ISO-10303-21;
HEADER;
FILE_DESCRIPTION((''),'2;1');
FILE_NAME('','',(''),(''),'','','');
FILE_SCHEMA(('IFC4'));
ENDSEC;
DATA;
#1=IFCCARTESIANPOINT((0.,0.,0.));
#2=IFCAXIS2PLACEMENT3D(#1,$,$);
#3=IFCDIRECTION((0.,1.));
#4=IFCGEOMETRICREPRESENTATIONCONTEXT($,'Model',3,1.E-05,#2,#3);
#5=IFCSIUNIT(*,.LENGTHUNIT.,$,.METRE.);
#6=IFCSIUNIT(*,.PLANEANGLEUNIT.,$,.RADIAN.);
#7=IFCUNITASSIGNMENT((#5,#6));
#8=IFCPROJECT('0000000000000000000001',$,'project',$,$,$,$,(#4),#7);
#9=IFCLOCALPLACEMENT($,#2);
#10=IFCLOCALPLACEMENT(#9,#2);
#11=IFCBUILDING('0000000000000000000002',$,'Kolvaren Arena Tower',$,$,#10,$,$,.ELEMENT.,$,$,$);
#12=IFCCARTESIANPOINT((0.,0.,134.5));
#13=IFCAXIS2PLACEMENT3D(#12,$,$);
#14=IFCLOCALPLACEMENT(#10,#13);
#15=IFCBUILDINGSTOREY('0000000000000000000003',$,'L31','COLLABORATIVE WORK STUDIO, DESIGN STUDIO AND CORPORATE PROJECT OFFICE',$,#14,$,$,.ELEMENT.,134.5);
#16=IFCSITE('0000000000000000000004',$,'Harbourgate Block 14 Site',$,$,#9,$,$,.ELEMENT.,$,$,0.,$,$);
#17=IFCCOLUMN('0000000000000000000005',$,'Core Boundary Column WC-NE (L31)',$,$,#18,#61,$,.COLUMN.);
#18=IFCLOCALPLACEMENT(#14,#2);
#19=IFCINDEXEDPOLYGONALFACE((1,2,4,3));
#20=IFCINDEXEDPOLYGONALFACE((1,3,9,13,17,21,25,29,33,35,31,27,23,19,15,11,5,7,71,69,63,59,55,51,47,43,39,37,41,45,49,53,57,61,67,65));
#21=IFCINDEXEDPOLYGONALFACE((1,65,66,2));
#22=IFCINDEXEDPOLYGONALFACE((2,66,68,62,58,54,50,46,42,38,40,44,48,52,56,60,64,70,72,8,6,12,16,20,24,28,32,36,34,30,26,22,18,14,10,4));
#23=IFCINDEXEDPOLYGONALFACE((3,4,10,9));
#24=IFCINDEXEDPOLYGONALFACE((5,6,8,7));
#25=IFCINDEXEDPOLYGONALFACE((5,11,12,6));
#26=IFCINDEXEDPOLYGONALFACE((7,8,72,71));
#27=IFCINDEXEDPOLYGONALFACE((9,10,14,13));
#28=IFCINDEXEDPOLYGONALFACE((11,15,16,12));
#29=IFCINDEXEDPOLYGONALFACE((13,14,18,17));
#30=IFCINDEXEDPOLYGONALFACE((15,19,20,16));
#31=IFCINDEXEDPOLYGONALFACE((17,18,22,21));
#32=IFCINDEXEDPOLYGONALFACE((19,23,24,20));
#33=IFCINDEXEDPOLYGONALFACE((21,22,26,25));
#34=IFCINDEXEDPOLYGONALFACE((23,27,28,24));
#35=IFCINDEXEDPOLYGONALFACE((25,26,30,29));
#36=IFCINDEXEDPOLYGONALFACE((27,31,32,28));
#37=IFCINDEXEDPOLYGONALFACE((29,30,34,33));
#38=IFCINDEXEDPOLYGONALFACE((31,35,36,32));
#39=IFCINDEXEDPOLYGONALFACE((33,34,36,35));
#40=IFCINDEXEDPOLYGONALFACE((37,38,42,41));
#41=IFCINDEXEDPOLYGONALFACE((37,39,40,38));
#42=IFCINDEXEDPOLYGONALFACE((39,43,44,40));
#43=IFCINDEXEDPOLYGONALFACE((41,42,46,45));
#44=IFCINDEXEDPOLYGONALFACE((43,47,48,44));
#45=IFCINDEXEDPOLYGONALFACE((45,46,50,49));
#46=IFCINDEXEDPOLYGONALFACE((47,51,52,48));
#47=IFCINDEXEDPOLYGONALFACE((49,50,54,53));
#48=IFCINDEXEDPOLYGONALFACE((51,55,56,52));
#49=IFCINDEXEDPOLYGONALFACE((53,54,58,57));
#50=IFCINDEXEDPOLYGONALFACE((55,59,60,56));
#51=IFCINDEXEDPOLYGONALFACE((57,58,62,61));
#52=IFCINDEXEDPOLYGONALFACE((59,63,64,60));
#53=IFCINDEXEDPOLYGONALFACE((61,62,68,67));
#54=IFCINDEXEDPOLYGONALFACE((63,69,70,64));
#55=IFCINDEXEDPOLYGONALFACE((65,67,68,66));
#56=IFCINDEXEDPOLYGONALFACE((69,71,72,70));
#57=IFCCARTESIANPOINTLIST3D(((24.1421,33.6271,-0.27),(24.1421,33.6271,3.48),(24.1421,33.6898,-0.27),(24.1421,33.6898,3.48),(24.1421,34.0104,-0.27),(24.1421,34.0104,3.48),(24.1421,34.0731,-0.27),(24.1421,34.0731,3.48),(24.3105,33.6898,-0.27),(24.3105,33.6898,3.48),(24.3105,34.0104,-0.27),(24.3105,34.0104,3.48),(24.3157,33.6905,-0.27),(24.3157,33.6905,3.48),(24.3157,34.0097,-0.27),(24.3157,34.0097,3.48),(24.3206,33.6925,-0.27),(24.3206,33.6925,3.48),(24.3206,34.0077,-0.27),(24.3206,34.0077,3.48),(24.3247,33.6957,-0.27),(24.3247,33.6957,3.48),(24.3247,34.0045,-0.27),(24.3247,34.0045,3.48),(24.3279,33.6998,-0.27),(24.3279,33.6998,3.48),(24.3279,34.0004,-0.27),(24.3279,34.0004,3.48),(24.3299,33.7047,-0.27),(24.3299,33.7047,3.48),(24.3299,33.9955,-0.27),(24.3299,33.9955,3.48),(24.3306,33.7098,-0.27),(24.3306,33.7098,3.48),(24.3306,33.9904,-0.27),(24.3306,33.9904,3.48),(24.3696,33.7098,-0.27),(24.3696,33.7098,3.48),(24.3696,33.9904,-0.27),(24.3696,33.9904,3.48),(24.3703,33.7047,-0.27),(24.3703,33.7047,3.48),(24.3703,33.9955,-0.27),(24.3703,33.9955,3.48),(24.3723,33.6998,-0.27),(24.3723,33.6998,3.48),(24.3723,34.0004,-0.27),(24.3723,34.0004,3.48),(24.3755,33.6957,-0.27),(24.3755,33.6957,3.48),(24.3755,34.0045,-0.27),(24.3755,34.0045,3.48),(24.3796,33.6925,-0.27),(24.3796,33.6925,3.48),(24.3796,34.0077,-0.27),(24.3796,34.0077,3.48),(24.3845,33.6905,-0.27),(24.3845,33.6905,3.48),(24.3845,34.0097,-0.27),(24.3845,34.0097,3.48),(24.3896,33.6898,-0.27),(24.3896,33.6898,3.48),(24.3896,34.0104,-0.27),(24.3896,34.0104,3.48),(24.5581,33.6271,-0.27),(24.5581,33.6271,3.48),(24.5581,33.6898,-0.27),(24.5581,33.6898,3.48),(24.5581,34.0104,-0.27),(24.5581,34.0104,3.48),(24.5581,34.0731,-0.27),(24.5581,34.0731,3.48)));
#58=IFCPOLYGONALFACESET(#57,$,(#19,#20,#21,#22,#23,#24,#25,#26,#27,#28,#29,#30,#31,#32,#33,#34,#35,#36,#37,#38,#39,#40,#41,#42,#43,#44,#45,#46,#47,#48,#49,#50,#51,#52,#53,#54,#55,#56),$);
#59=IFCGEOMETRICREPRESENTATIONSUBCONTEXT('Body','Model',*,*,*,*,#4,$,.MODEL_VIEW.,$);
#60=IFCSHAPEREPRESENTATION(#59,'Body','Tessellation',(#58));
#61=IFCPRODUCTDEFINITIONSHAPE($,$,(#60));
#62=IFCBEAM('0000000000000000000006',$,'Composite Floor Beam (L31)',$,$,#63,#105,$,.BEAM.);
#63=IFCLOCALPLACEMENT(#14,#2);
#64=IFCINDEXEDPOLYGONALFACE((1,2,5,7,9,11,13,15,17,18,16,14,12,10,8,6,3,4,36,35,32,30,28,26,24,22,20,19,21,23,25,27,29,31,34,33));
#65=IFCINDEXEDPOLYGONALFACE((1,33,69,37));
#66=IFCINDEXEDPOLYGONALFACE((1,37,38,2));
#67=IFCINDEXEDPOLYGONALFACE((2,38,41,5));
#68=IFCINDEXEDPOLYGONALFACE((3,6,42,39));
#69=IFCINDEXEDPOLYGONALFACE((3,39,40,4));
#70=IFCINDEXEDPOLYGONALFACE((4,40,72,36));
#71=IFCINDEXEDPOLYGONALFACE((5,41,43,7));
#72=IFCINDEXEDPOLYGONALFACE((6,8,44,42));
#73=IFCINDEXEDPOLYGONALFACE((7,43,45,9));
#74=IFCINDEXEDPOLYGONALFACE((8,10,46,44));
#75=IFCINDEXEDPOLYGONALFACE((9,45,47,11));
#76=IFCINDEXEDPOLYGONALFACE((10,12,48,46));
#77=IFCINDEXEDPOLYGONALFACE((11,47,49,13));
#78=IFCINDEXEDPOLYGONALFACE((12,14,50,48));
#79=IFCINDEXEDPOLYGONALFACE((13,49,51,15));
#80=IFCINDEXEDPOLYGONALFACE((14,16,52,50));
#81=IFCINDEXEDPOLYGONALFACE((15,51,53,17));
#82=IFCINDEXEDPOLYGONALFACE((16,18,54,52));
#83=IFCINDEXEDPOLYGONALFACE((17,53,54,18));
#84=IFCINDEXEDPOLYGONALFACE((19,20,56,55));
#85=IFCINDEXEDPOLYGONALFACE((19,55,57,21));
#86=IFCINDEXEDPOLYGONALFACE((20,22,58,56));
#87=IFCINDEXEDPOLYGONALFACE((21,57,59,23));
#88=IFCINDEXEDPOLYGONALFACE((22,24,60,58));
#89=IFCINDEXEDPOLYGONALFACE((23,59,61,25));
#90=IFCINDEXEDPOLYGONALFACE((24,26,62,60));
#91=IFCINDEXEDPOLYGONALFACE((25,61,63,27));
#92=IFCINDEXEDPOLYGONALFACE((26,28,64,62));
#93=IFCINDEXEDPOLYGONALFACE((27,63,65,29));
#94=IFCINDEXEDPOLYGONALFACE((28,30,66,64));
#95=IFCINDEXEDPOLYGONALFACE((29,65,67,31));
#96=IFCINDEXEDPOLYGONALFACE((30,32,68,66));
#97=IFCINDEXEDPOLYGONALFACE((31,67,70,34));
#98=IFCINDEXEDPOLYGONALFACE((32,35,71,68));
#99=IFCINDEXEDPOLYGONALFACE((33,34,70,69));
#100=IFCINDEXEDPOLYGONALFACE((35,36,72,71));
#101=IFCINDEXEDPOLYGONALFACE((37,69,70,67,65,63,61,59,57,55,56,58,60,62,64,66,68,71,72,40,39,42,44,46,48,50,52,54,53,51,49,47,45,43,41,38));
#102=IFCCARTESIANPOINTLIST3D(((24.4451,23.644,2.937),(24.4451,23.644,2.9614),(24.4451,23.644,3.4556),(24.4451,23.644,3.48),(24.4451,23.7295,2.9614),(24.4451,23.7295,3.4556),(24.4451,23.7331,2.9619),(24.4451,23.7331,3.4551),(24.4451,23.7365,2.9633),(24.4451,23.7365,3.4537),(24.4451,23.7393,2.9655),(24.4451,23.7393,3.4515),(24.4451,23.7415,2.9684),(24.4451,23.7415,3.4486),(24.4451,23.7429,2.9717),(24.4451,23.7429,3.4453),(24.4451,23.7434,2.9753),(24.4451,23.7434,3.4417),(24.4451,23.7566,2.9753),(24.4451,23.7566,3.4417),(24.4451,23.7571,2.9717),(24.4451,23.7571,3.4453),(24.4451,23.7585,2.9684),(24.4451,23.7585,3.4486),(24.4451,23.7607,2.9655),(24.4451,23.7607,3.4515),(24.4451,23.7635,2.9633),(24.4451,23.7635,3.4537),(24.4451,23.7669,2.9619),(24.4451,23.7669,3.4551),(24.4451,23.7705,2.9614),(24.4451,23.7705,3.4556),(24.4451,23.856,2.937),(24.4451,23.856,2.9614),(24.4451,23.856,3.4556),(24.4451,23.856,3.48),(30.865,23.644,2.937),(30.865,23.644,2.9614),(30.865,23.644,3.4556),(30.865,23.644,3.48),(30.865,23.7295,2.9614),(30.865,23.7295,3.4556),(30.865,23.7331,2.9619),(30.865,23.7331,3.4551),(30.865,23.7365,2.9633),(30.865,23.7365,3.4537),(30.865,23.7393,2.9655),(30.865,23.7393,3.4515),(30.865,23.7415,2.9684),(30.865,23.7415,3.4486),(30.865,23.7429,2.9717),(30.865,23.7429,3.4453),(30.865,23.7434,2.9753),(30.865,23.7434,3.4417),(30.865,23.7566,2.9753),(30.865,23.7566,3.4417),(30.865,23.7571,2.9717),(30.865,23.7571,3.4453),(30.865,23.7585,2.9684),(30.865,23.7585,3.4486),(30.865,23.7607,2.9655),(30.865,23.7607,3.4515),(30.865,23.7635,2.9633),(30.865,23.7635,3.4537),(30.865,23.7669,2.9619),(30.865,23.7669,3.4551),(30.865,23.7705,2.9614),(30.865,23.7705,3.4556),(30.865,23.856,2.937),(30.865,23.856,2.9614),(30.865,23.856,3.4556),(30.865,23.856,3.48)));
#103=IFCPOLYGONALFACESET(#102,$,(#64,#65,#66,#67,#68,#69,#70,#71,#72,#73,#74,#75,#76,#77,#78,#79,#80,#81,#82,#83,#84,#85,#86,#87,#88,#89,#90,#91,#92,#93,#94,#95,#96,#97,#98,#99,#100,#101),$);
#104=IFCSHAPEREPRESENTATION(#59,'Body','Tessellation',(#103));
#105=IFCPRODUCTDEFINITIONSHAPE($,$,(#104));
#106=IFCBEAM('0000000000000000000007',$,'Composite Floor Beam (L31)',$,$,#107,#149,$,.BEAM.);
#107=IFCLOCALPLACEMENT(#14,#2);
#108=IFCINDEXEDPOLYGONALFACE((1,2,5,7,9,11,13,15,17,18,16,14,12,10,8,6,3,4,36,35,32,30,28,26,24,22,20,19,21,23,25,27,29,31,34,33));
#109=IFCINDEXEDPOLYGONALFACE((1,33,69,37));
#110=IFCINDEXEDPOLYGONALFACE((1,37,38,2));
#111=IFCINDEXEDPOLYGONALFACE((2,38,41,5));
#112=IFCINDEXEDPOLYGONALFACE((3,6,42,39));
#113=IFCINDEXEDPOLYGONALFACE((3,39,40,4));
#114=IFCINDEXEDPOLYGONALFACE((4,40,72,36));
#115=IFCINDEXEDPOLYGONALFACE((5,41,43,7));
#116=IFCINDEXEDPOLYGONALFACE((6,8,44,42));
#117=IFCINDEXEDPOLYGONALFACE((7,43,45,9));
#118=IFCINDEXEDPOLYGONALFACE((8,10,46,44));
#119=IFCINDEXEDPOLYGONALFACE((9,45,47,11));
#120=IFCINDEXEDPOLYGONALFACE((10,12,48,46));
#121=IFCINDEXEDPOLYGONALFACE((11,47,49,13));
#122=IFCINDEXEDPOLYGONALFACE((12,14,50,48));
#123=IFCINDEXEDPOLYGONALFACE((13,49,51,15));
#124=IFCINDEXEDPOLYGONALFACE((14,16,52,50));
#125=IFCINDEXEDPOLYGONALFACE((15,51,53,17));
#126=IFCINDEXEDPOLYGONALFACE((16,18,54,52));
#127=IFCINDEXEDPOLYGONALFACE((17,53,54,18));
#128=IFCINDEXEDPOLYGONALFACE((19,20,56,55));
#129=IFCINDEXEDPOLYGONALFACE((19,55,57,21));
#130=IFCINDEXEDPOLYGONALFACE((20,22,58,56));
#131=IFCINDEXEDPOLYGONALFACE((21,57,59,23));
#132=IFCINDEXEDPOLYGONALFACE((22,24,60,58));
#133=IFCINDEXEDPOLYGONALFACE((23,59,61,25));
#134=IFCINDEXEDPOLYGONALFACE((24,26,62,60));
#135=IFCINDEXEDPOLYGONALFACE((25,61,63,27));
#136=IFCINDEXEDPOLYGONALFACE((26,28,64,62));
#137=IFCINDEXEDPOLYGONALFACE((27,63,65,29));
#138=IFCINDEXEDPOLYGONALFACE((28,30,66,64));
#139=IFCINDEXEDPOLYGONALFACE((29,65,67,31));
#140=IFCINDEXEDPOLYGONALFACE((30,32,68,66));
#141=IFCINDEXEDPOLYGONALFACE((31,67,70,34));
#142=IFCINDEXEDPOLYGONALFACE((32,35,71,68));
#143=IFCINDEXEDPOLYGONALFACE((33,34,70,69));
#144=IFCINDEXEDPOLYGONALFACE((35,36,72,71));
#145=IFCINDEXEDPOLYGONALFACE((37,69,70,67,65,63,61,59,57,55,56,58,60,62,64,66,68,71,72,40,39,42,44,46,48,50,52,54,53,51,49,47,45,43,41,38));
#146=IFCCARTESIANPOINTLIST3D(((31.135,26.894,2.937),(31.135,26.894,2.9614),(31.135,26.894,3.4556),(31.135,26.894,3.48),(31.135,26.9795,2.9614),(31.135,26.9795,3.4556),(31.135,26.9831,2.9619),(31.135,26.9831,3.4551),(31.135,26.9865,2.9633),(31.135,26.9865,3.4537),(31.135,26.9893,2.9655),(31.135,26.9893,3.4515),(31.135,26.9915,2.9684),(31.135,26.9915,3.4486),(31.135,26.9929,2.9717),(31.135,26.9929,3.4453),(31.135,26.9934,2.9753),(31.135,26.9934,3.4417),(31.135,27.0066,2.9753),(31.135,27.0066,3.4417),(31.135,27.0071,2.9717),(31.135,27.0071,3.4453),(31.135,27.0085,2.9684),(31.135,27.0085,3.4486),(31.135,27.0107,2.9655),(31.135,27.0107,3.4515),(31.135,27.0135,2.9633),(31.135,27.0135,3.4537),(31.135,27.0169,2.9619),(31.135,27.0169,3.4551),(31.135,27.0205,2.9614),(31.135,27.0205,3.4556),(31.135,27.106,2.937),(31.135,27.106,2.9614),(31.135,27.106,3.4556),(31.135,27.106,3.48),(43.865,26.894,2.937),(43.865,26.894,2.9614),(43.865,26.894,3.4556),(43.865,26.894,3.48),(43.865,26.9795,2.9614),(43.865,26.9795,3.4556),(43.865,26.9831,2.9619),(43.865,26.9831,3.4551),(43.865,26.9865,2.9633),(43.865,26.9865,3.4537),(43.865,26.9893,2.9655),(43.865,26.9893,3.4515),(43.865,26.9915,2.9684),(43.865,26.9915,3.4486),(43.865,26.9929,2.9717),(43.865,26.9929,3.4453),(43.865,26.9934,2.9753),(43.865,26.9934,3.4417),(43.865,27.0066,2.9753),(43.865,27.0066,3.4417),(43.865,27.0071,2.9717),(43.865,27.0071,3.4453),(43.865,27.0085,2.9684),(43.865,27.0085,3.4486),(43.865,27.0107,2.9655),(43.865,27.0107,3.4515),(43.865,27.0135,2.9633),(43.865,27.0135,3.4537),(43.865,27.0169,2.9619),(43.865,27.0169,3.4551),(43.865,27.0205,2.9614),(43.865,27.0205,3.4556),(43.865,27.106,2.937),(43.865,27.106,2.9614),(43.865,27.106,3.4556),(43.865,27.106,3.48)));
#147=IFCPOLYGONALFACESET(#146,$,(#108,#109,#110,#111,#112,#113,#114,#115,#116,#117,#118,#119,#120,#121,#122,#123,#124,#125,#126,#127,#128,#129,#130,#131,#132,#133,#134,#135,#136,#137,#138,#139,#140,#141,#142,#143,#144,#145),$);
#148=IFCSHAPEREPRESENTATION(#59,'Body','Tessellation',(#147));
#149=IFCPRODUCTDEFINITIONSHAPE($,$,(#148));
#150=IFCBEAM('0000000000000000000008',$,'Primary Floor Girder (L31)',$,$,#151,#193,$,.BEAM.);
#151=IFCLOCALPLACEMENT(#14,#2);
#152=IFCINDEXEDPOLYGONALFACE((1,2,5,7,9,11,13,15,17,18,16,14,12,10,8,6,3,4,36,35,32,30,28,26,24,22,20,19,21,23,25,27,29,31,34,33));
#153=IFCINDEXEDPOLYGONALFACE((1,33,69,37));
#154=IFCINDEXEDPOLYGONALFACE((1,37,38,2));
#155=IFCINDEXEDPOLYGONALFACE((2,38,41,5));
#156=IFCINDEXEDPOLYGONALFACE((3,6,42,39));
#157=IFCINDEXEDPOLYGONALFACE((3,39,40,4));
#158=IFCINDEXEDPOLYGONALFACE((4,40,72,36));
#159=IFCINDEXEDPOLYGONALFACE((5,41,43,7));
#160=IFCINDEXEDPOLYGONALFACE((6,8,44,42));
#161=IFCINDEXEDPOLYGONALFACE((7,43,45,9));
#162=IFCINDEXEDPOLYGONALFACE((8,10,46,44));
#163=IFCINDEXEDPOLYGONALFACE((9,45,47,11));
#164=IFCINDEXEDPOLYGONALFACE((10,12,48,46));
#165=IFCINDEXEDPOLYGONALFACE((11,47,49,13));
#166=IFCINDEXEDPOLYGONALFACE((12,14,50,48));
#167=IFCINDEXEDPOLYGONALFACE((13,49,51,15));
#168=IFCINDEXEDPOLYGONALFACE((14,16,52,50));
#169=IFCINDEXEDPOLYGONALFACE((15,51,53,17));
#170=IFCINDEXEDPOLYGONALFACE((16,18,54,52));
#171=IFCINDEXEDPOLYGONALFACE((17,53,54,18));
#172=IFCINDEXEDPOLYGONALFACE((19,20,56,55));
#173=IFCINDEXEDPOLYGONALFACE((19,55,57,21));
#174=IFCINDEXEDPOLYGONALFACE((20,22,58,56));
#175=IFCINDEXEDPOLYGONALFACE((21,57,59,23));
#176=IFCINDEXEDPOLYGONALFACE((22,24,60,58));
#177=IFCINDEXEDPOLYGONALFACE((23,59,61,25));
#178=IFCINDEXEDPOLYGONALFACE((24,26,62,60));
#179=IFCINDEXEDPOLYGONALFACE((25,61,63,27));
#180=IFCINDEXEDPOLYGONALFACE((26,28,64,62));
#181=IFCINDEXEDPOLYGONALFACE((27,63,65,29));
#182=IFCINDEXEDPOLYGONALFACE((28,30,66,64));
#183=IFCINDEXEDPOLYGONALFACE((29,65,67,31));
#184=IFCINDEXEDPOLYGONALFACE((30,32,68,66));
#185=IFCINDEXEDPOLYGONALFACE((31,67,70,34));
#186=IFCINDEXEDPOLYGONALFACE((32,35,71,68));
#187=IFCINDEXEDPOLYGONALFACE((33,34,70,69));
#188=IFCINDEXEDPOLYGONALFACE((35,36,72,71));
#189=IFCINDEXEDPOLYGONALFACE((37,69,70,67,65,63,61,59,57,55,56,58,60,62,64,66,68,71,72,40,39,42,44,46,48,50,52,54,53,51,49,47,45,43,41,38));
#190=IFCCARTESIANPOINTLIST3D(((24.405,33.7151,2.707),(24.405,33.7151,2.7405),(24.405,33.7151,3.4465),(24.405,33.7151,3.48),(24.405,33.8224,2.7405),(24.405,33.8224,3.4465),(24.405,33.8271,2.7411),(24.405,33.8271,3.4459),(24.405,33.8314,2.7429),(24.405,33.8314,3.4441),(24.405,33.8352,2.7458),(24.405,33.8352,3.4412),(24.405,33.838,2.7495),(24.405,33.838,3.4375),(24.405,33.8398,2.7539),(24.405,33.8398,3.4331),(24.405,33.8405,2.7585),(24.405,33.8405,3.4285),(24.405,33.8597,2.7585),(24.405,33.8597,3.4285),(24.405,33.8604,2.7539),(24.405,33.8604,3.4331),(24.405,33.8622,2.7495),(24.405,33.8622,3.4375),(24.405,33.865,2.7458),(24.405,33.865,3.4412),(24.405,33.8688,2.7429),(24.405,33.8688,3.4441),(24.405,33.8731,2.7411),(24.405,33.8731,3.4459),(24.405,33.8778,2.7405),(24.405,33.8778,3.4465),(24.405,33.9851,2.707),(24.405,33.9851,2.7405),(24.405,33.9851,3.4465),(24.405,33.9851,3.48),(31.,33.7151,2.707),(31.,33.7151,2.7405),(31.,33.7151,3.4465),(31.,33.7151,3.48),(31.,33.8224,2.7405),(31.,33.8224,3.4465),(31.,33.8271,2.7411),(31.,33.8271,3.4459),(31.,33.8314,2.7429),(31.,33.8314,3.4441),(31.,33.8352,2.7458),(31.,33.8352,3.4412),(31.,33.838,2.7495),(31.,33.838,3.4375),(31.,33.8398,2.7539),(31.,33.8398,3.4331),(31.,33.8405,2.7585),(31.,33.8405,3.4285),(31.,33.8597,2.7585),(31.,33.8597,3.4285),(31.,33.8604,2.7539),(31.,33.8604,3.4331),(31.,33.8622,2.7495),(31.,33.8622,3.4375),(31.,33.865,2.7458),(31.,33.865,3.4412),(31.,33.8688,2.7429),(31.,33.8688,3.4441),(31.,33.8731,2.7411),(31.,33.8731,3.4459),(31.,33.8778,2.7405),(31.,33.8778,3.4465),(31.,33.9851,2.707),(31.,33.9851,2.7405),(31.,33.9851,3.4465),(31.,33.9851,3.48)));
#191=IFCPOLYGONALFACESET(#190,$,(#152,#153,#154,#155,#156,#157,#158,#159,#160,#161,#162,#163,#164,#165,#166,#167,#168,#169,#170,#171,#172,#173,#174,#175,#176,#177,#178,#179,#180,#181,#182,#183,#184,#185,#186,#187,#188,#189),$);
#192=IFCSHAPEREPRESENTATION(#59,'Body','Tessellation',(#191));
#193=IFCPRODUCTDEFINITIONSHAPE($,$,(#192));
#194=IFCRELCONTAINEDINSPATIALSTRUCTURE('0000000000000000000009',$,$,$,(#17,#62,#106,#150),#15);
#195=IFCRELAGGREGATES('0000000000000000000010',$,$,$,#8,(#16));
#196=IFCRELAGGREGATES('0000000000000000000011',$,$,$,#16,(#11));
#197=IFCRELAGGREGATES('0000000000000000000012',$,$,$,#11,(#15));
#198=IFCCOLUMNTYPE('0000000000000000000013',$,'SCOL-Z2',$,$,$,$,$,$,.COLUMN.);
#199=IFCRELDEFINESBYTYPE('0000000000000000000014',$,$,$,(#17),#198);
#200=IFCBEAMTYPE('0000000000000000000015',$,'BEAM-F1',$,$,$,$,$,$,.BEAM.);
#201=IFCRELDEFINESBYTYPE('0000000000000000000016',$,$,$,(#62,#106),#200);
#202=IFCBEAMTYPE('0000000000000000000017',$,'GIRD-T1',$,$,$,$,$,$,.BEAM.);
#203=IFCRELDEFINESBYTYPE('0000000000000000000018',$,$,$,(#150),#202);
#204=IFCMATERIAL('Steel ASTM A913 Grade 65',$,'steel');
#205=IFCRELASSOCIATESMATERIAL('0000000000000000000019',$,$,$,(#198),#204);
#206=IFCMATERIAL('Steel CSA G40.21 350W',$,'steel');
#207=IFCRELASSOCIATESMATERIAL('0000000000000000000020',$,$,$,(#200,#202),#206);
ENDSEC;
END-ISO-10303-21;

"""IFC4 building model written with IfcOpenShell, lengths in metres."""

from ifc_helpers import new_model, si_unit, direction, frame, origin, origin_2d, place, context, subcontext, project, spatial, i_section, extrude, material, material_profile, profile_set, type_object, element, save


model = new_model("IFC4")

# Units and contexts
model_context = context("Model", 3, precision=1e-05, world=origin(), true_north=direction((0.0, 1.0)))
body_context = subcontext(model_context, "Body", "Model", "MODEL_VIEW")
ifc_project = project(units=[si_unit("LENGTHUNIT", "METRE"), si_unit("PLANEANGLEUNIT", "RADIAN")], contexts=[model_context])

# Site, building, storey
site_placement = place(None, origin())
site = spatial("IfcSite", under=ifc_project, at=site_placement, Name="Harbourgate Block 14 Site", CompositionType="ELEMENT", RefElevation=0.0)
building_placement = place(site_placement, origin())
building = spatial("IfcBuilding", under=site, at=building_placement, Name="Kolvaren Arena Tower", CompositionType="ELEMENT")
storey_placement = place(building_placement, frame((0.0, 0.0, 134.5)))
storey = spatial("IfcBuildingStorey", under=building, at=storey_placement, Name="L31", Description="COLLABORATIVE WORK STUDIO, DESIGN STUDIO AND CORPORATE PROJECT OFFICE", CompositionType="ELEMENT", Elevation=134.5)

# Column
ifc_material_1 = material(Name="Steel ASTM A913 Grade 65", Category="steel")
ifc_material_profile_1 = material_profile(ifc_material_1, i_section(OverallWidth=0.416, OverallDepth=0.446, WebThickness=0.0391, FlangeThickness=0.0627, FilletRadius=0.02, at=origin_2d()), Name="W360x509")
ifc_profile_set_1 = profile_set([ifc_material_profile_1], Name="Steel ASTM A913 Grade 65")
column_type = type_object("IfcColumnType", Name="SCOL-Z2", PredefinedType="COLUMN", material=ifc_profile_set_1)
column_placement = place(storey_placement, frame((24.3501, 33.8501, -0.27), z_axis=(0.0, 0.0, 1.0), x_axis=(1.0, 0.0, 0.0)))
element("IfcColumn", 1, at=column_placement, inside=storey, type_object=column_type, Name="Core Boundary Column WC-NE (L31)", PredefinedType="COLUMN", context=body_context, shape_type="SweptSolid", body=[
    extrude(i_section(OverallWidth=0.416, OverallDepth=0.446, WebThickness=0.0391, FlangeThickness=0.0627, FilletRadius=0.02, at=origin_2d()), origin(), (0.0, 0.0, 1.0), 3.75),
])

# Beams
ifc_material_2 = material(Name="Steel CSA G40.21 350W", Category="steel")
ifc_material_profile_2 = material_profile(ifc_material_2, i_section(OverallWidth=0.2119, OverallDepth=0.543, WebThickness=0.0132, FlangeThickness=0.0244, FilletRadius=0.0139, at=origin_2d()), Name="W530x150")
ifc_profile_set_2 = profile_set([ifc_material_profile_2], Name="Steel CSA G40.21 350W")
beam_type_1 = type_object("IfcBeamType", Name="BEAM-F1", PredefinedType="BEAM", material=ifc_profile_set_2)
beam_1_placement = place(storey_placement, frame((24.4451, 23.75, 3.2085), z_axis=(1.0, 0.0, 0.0), x_axis=(0.0, 1.0, 0.0)))
element("IfcBeam", 2, at=beam_1_placement, inside=storey, type_object=beam_type_1, Name="Composite Floor Beam (L31)", PredefinedType="BEAM", context=body_context, shape_type="SweptSolid", body=[
    extrude(i_section(OverallWidth=0.2119, OverallDepth=0.543, WebThickness=0.0132, FlangeThickness=0.0244, FilletRadius=0.0139, at=origin_2d()), origin(), (0.0, 0.0, 1.0), 6.4199),
])
beam_2_placement = place(storey_placement, frame((31.135, 27.0, 3.2085), z_axis=(1.0, 0.0, 0.0), x_axis=(0.0, 1.0, 0.0)))
element("IfcBeam", 3, at=beam_2_placement, inside=storey, type_object=beam_type_1, Name="Composite Floor Beam (L31)", PredefinedType="BEAM", context=body_context, shape_type="SweptSolid", body=[
    extrude(i_section(OverallWidth=0.2119, OverallDepth=0.543, WebThickness=0.0132, FlangeThickness=0.0244, FilletRadius=0.0139, at=origin_2d()), origin(), (0.0, 0.0, 1.0), 12.73),
])
ifc_material_profile_3 = material_profile(ifc_material_2, i_section(OverallWidth=0.27, OverallDepth=0.7729, WebThickness=0.0193, FlangeThickness=0.0334, FilletRadius=0.0181, at=origin_2d()), Name="W760x257")
ifc_profile_set_3 = profile_set([ifc_material_profile_3], Name="Steel CSA G40.21 350W")
beam_type_2 = type_object("IfcBeamType", Name="GIRD-T1", PredefinedType="BEAM", material=ifc_profile_set_3)
beam_3_placement = place(storey_placement, frame((24.405, 33.8501, 3.0935), z_axis=(1.0, 0.0, 0.0), x_axis=(0.0, 1.0, 0.0)))
element("IfcBeam", 4, at=beam_3_placement, inside=storey, type_object=beam_type_2, Name="Primary Floor Girder (L31)", PredefinedType="BEAM", context=body_context, shape_type="SweptSolid", body=[
    extrude(i_section(OverallWidth=0.27, OverallDepth=0.7729, WebThickness=0.0193, FlangeThickness=0.0334, FilletRadius=0.0181, at=origin_2d()), origin(), (0.0, 0.0, 1.0), 6.595),
])

save(model, "model.ifc")
